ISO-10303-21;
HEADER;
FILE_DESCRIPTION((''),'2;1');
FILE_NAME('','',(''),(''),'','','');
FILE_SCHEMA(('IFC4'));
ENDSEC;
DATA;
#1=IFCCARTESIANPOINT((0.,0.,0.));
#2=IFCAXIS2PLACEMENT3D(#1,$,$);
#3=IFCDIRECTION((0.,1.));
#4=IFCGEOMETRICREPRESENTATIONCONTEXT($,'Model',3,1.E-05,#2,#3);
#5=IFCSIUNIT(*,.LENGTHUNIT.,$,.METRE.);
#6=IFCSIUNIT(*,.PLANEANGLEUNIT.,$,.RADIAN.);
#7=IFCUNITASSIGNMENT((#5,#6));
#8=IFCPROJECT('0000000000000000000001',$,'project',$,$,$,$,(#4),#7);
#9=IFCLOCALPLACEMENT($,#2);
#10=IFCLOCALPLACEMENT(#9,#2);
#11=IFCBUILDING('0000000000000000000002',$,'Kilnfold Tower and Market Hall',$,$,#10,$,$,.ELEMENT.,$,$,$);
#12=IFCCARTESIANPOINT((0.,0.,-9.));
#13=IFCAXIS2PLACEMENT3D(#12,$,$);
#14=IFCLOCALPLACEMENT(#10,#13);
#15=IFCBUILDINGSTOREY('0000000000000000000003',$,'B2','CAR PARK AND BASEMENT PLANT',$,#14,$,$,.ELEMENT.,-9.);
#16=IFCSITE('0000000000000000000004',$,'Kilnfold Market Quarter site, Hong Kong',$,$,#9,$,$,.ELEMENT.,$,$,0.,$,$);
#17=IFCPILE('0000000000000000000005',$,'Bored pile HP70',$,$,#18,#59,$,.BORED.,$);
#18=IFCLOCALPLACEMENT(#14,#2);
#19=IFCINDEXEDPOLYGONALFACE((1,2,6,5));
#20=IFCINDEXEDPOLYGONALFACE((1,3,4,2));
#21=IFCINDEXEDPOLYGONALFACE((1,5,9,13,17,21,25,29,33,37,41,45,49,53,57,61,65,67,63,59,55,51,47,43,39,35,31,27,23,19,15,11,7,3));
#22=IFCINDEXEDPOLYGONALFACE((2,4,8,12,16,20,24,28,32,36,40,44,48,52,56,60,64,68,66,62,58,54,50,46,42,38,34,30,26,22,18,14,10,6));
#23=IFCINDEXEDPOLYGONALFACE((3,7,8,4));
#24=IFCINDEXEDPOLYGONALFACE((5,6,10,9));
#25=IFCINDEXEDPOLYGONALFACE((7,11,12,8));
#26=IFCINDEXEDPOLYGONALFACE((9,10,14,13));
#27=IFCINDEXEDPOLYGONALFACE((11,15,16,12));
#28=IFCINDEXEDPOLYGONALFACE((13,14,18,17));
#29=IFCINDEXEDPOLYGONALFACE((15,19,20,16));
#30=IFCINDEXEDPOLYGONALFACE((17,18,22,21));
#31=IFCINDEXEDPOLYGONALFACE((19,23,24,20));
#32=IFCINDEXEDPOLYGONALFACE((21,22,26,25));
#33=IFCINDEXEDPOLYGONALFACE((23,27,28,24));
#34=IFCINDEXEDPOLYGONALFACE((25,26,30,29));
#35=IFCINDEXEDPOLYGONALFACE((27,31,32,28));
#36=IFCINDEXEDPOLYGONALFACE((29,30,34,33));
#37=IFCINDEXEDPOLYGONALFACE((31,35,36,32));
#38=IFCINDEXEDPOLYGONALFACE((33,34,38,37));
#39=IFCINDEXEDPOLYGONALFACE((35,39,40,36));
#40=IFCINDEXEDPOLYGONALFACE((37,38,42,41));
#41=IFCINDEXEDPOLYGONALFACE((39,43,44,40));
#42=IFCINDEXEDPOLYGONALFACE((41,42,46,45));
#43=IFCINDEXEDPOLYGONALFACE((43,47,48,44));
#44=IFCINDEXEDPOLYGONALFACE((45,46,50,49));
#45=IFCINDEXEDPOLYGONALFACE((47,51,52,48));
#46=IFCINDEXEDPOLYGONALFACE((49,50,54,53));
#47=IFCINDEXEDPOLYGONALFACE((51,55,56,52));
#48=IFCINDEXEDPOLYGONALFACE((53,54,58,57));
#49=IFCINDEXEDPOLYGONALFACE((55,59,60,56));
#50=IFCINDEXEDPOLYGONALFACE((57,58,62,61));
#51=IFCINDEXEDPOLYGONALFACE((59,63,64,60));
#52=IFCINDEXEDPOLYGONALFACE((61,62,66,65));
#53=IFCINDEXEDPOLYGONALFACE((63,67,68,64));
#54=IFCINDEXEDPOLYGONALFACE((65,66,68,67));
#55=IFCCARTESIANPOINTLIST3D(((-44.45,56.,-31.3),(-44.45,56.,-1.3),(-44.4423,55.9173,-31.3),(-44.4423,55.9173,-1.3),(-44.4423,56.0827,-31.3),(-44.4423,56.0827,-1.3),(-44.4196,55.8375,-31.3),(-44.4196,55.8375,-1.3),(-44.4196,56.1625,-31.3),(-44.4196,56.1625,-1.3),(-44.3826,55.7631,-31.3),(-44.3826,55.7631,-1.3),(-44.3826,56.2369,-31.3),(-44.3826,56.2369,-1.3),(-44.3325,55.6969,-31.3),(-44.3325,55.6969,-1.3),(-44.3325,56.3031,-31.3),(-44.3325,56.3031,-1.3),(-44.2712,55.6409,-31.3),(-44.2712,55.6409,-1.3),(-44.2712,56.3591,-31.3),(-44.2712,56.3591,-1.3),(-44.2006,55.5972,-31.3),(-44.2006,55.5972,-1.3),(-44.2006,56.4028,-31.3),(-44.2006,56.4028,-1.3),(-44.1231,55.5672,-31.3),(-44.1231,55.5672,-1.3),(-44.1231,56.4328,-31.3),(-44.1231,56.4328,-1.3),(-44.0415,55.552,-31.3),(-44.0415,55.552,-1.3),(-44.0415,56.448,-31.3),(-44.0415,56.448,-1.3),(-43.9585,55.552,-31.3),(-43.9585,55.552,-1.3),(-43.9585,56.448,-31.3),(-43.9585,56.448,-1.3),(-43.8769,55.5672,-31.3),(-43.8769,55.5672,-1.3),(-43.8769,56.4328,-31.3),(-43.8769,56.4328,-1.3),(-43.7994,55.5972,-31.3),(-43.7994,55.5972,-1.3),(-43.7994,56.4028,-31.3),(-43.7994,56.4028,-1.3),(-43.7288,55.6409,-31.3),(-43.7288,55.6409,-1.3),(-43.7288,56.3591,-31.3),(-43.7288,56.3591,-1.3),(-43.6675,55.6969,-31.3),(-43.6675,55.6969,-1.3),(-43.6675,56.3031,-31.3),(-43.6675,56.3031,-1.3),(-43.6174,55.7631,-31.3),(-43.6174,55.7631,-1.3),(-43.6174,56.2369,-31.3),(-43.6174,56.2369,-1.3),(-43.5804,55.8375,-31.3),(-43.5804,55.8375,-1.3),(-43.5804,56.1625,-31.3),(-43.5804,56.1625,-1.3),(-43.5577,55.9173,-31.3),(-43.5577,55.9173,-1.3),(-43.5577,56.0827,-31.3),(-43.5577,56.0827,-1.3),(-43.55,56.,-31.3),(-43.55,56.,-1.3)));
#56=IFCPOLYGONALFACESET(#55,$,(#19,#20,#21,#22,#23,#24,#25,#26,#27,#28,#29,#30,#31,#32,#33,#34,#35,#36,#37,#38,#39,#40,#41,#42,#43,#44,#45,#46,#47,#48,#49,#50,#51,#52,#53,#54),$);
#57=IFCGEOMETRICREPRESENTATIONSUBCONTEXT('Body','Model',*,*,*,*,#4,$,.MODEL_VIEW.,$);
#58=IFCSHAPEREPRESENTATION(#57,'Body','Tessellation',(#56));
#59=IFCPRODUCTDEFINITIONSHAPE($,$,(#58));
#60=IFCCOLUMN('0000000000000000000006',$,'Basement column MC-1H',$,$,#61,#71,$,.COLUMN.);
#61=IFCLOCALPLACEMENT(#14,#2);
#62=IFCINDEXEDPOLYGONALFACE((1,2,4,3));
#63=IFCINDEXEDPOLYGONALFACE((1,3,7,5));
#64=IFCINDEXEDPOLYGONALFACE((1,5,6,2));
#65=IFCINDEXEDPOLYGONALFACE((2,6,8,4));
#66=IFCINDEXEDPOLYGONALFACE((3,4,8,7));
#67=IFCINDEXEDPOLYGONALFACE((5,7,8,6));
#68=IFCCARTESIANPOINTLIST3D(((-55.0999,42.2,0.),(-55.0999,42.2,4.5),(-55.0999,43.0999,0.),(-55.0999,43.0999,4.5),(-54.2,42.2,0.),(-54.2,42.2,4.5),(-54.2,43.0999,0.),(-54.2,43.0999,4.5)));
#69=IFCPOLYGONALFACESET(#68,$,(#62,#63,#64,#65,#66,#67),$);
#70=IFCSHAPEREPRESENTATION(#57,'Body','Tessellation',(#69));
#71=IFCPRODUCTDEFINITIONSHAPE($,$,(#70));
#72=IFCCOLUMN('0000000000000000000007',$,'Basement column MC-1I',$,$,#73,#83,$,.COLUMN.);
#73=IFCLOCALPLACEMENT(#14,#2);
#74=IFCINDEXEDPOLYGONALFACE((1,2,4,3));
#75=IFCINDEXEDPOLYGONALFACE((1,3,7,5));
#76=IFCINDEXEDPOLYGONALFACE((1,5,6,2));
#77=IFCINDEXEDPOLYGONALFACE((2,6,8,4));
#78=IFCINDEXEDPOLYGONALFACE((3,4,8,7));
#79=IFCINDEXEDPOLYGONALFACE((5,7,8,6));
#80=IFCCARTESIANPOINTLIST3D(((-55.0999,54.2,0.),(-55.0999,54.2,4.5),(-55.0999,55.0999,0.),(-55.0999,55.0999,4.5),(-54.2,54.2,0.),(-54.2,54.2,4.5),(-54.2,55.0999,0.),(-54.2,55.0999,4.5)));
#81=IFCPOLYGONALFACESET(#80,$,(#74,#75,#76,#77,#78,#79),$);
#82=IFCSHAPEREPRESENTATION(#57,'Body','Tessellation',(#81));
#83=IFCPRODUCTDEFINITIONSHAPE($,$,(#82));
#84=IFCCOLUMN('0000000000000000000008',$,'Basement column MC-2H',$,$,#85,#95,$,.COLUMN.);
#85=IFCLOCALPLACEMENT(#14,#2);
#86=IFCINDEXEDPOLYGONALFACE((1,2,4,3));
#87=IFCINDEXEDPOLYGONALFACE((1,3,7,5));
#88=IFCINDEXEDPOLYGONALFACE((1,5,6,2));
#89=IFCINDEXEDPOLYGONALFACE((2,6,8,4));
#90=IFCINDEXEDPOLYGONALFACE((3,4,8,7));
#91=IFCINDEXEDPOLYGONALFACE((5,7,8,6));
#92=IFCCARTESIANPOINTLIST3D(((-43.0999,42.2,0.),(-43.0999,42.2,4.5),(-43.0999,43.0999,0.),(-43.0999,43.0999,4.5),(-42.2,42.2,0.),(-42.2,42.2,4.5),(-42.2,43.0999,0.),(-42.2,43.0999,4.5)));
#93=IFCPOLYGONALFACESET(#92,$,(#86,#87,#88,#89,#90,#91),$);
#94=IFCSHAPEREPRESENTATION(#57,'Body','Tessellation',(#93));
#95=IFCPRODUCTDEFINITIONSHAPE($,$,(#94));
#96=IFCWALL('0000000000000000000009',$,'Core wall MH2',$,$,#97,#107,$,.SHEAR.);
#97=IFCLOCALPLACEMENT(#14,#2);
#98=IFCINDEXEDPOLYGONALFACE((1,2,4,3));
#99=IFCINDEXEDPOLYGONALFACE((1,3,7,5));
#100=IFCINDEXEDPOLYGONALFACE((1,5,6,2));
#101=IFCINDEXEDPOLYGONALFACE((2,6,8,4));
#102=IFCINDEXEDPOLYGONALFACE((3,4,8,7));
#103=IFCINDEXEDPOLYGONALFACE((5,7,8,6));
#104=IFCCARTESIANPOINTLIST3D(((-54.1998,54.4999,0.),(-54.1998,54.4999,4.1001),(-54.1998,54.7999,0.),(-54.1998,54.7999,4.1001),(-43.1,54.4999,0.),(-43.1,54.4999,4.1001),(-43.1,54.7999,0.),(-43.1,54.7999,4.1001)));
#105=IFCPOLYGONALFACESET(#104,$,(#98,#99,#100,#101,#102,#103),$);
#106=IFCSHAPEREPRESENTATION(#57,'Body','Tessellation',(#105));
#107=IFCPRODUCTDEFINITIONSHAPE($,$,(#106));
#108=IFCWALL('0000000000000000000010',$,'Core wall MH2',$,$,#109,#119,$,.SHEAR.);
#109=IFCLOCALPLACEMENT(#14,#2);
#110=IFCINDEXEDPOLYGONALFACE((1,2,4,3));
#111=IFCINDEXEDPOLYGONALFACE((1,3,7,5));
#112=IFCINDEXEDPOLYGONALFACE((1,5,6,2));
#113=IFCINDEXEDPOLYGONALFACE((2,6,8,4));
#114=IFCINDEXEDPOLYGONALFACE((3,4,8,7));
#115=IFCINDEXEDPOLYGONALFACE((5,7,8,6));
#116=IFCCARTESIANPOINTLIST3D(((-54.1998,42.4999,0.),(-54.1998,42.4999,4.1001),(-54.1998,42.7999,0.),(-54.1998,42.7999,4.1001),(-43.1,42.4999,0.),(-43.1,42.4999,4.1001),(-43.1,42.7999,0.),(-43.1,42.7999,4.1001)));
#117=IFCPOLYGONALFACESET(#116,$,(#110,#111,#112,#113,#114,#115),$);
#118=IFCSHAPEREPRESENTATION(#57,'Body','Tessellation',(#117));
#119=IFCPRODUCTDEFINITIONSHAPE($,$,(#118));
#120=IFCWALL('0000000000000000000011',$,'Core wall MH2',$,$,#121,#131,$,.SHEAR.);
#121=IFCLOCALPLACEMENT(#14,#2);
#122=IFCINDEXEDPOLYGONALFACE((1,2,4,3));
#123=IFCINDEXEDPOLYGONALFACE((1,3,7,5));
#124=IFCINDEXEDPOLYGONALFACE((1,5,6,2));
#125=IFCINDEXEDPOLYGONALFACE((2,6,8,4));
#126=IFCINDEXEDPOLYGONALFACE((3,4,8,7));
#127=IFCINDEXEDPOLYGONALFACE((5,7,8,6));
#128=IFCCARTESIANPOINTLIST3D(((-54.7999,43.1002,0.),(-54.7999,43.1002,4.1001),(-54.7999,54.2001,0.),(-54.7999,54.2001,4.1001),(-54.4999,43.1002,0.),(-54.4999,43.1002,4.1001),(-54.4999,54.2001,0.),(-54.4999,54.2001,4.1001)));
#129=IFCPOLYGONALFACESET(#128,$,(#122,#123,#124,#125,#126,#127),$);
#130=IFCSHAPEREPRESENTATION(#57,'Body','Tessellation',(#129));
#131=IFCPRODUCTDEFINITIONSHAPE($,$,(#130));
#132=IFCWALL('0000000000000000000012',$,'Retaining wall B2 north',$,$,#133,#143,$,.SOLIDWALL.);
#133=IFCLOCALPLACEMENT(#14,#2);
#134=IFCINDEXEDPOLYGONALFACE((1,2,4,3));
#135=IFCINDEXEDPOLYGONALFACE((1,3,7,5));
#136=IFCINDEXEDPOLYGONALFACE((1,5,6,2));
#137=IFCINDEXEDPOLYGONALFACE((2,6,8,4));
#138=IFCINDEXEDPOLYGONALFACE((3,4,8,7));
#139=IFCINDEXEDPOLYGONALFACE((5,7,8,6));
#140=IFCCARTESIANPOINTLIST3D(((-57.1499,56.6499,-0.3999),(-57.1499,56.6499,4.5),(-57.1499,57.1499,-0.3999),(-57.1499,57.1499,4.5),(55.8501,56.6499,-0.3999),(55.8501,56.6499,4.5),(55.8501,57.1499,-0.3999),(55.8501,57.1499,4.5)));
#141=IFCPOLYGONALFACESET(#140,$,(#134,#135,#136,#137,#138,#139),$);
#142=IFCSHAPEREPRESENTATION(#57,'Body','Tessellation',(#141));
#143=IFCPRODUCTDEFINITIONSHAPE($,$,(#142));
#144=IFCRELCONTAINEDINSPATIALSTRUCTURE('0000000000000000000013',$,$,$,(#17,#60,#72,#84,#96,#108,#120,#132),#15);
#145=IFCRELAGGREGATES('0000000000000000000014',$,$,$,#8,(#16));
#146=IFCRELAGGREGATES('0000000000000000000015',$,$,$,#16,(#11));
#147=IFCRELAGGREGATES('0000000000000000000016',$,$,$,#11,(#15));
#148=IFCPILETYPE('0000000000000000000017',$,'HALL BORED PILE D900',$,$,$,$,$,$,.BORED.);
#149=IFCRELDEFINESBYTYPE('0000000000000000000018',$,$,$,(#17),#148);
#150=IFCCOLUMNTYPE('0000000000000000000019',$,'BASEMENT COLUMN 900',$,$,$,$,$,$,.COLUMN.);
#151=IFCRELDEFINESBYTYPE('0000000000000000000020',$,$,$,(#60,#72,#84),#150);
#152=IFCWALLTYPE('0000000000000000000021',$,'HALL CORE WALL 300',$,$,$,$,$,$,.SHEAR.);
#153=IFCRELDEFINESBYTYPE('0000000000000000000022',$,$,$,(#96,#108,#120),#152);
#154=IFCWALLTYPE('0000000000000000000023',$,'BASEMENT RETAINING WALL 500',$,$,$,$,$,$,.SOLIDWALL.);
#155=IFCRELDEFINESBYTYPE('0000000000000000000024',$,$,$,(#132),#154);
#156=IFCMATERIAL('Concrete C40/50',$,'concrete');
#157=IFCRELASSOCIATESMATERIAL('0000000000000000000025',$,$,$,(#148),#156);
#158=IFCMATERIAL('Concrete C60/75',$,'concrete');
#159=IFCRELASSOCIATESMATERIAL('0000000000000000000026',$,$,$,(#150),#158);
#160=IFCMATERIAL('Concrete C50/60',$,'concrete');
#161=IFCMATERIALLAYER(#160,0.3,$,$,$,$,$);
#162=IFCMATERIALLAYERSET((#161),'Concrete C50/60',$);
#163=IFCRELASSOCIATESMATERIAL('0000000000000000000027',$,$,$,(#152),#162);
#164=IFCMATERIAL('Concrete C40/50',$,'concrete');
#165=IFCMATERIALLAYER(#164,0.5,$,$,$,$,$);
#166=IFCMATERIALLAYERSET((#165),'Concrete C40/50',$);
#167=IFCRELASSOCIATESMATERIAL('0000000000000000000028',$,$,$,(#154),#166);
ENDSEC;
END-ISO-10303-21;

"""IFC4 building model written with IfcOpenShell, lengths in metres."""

from ifc_helpers import new_model, si_unit, direction, frame, frame_2d, origin, origin_2d, place, context, subcontext, project, spatial, rectangle, circle, extrude, source, transform, mapped, material, layer, layer_set, material_profile, profile_set, type_object, element, save


model = new_model("IFC4")

# Units and contexts
model_context = context("Model", 3, precision=1e-05, world=origin(), true_north=direction((0.0, 1.0)))
body_context = subcontext(model_context, "Body", "Model", "MODEL_VIEW")
ifc_project = project(units=[si_unit("LENGTHUNIT", "METRE"), si_unit("PLANEANGLEUNIT", "RADIAN")], contexts=[model_context])

# Site, building, storey
site_placement = place(None, origin())
site = spatial("IfcSite", under=ifc_project, at=site_placement, Name="Kilnfold Market Quarter site, Hong Kong", CompositionType="ELEMENT", RefElevation=0.0)
building_placement = place(site_placement, origin())
building = spatial("IfcBuilding", under=site, at=building_placement, Name="Kilnfold Tower and Market Hall", CompositionType="ELEMENT")
storey_placement = place(building_placement, frame((0.0, 0.0, -9.0)))
storey = spatial("IfcBuildingStorey", under=building, at=storey_placement, Name="B2", Description="CAR PARK AND BASEMENT PLANT", CompositionType="ELEMENT", Elevation=-9.0)

# Pile
ifc_material_1 = material(Name="Concrete C40/50", Category="concrete")
ifc_material_profile_1 = material_profile(ifc_material_1, circle(Radius=0.45, at=origin_2d()), Name="D900")
ifc_profile_set_1 = profile_set([ifc_material_profile_1], Name="Concrete C40/50")
pile_type = type_object("IfcPileType", Name="HALL BORED PILE D900", PredefinedType="BORED", material=ifc_profile_set_1)
shared_shape_1 = source(origin(), body_context, "Body", "SweptSolid", [
    extrude(circle(Radius=0.45, at=origin_2d()), origin(), (0.0, 0.0, 1.0), 30.0),
])
for number, where, z_axis, x_axis, name in (
    (1, (-44.0, 56.0, -1.3), (0.0, 0.0, -1.0), (1.0, 0.0, 0.0), "Bored pile HP70"),
):
    element("IfcPile", number, at=place(storey_placement, frame(where, z_axis=z_axis, x_axis=x_axis)), inside=storey, type_object=pile_type, Name=name, PredefinedType="BORED", context=body_context, shape_type="MappedRepresentation", body=[
        mapped(shared_shape_1, transform((0.0, 0.0, 0.0))),
    ])

# Columns
ifc_material_2 = material(Name="Concrete C60/75", Category="concrete")
ifc_material_profile_2 = material_profile(ifc_material_2, rectangle(XDim=0.8999, YDim=0.8999, at=origin_2d()), Name="RC 900x900")
ifc_profile_set_2 = profile_set([ifc_material_profile_2], Name="Concrete C60/75")
column_type = type_object("IfcColumnType", Name="BASEMENT COLUMN 900", PredefinedType="COLUMN", material=ifc_profile_set_2)
shared_shape_2 = source(origin(), body_context, "Body", "SweptSolid", [
    extrude(rectangle(XDim=0.8999, YDim=0.8999, at=origin_2d()), origin(), (0.0, 0.0, 1.0), 4.5),
])
for number, where, z_axis, x_axis, name in (
    (2, (-54.6499, 42.6499, 0.0), (0.0, 0.0, 1.0), (1.0, 0.0, 0.0), "Basement column MC-1H"),
    (3, (-54.6499, 54.6499, 0.0), (0.0, 0.0, 1.0), (1.0, 0.0, 0.0), "Basement column MC-1I"),
    (4, (-42.6499, 42.6499, 0.0), (0.0, 0.0, 1.0), (1.0, 0.0, 0.0), "Basement column MC-2H"),
):
    element("IfcColumn", number, at=place(storey_placement, frame(where, z_axis=z_axis, x_axis=x_axis)), inside=storey, type_object=column_type, Name=name, PredefinedType="COLUMN", context=body_context, shape_type="MappedRepresentation", body=[
        mapped(shared_shape_2, transform((0.0, 0.0, 0.0))),
    ])

# Walls
ifc_material_3 = material(Name="Concrete C50/60", Category="concrete")
ifc_layer_1 = layer(ifc_material_3, 0.3)
ifc_layer_set_1 = layer_set([ifc_layer_1], Name="Concrete C50/60")
wall_type_1 = type_object("IfcWallType", Name="HALL CORE WALL 300", PredefinedType="SHEAR", material=ifc_layer_set_1)
shared_shape_3 = source(origin(), body_context, "Body", "SweptSolid", [
    extrude(rectangle(XDim=11.0999, YDim=0.3, at=frame_2d((5.5498, 0.0))), origin(), (0.0, 0.0, 1.0), 4.1001),
])
for number, where, z_axis, x_axis, name in (
    (5, (-43.1001, 54.6499, 0.0), (0.0, 0.0, 1.0), (-1.0, 0.0, 0.0), "Core wall MH2"),
    (6, (-43.1001, 42.6499, 0.0), (0.0, 0.0, 1.0), (-1.0, 0.0, 0.0), "Core wall MH2"),
    (7, (-54.6499, 54.2, 0.0), (0.0, 0.0, 1.0), (0.0, -1.0, 0.0), "Core wall MH2"),
):
    element("IfcWall", number, at=place(storey_placement, frame(where, z_axis=z_axis, x_axis=x_axis)), inside=storey, type_object=wall_type_1, Name=name, PredefinedType="SHEAR", context=body_context, shape_type="MappedRepresentation", body=[
        mapped(shared_shape_3, transform((0.0, 0.0, 0.0))),
    ])
ifc_material_4 = material(Name="Concrete C40/50", Category="concrete")
ifc_layer_2 = layer(ifc_material_4, 0.5)
ifc_layer_set_2 = layer_set([ifc_layer_2], Name="Concrete C40/50")
wall_type_2 = type_object("IfcWallType", Name="BASEMENT RETAINING WALL 500", PredefinedType="SOLIDWALL", material=ifc_layer_set_2)
shared_shape_4 = source(origin(), body_context, "Body", "SweptSolid", [
    extrude(rectangle(XDim=113.0, YDim=0.5, at=frame_2d((56.5, 0.0))), origin(), (0.0, 0.0, 1.0), 4.8999),
])
wall_placement = place(storey_placement, frame((-57.1499, 56.8999, -0.3999), z_axis=(0.0, 0.0, 1.0), x_axis=(1.0, 0.0, 0.0)))
element("IfcWall", 8, at=wall_placement, inside=storey, type_object=wall_type_2, Name="Retaining wall B2 north", PredefinedType="SOLIDWALL", context=body_context, shape_type="MappedRepresentation", body=[
    mapped(shared_shape_4, transform((0.0, 0.0, 0.0))),
])

save(model, "model.ifc")
